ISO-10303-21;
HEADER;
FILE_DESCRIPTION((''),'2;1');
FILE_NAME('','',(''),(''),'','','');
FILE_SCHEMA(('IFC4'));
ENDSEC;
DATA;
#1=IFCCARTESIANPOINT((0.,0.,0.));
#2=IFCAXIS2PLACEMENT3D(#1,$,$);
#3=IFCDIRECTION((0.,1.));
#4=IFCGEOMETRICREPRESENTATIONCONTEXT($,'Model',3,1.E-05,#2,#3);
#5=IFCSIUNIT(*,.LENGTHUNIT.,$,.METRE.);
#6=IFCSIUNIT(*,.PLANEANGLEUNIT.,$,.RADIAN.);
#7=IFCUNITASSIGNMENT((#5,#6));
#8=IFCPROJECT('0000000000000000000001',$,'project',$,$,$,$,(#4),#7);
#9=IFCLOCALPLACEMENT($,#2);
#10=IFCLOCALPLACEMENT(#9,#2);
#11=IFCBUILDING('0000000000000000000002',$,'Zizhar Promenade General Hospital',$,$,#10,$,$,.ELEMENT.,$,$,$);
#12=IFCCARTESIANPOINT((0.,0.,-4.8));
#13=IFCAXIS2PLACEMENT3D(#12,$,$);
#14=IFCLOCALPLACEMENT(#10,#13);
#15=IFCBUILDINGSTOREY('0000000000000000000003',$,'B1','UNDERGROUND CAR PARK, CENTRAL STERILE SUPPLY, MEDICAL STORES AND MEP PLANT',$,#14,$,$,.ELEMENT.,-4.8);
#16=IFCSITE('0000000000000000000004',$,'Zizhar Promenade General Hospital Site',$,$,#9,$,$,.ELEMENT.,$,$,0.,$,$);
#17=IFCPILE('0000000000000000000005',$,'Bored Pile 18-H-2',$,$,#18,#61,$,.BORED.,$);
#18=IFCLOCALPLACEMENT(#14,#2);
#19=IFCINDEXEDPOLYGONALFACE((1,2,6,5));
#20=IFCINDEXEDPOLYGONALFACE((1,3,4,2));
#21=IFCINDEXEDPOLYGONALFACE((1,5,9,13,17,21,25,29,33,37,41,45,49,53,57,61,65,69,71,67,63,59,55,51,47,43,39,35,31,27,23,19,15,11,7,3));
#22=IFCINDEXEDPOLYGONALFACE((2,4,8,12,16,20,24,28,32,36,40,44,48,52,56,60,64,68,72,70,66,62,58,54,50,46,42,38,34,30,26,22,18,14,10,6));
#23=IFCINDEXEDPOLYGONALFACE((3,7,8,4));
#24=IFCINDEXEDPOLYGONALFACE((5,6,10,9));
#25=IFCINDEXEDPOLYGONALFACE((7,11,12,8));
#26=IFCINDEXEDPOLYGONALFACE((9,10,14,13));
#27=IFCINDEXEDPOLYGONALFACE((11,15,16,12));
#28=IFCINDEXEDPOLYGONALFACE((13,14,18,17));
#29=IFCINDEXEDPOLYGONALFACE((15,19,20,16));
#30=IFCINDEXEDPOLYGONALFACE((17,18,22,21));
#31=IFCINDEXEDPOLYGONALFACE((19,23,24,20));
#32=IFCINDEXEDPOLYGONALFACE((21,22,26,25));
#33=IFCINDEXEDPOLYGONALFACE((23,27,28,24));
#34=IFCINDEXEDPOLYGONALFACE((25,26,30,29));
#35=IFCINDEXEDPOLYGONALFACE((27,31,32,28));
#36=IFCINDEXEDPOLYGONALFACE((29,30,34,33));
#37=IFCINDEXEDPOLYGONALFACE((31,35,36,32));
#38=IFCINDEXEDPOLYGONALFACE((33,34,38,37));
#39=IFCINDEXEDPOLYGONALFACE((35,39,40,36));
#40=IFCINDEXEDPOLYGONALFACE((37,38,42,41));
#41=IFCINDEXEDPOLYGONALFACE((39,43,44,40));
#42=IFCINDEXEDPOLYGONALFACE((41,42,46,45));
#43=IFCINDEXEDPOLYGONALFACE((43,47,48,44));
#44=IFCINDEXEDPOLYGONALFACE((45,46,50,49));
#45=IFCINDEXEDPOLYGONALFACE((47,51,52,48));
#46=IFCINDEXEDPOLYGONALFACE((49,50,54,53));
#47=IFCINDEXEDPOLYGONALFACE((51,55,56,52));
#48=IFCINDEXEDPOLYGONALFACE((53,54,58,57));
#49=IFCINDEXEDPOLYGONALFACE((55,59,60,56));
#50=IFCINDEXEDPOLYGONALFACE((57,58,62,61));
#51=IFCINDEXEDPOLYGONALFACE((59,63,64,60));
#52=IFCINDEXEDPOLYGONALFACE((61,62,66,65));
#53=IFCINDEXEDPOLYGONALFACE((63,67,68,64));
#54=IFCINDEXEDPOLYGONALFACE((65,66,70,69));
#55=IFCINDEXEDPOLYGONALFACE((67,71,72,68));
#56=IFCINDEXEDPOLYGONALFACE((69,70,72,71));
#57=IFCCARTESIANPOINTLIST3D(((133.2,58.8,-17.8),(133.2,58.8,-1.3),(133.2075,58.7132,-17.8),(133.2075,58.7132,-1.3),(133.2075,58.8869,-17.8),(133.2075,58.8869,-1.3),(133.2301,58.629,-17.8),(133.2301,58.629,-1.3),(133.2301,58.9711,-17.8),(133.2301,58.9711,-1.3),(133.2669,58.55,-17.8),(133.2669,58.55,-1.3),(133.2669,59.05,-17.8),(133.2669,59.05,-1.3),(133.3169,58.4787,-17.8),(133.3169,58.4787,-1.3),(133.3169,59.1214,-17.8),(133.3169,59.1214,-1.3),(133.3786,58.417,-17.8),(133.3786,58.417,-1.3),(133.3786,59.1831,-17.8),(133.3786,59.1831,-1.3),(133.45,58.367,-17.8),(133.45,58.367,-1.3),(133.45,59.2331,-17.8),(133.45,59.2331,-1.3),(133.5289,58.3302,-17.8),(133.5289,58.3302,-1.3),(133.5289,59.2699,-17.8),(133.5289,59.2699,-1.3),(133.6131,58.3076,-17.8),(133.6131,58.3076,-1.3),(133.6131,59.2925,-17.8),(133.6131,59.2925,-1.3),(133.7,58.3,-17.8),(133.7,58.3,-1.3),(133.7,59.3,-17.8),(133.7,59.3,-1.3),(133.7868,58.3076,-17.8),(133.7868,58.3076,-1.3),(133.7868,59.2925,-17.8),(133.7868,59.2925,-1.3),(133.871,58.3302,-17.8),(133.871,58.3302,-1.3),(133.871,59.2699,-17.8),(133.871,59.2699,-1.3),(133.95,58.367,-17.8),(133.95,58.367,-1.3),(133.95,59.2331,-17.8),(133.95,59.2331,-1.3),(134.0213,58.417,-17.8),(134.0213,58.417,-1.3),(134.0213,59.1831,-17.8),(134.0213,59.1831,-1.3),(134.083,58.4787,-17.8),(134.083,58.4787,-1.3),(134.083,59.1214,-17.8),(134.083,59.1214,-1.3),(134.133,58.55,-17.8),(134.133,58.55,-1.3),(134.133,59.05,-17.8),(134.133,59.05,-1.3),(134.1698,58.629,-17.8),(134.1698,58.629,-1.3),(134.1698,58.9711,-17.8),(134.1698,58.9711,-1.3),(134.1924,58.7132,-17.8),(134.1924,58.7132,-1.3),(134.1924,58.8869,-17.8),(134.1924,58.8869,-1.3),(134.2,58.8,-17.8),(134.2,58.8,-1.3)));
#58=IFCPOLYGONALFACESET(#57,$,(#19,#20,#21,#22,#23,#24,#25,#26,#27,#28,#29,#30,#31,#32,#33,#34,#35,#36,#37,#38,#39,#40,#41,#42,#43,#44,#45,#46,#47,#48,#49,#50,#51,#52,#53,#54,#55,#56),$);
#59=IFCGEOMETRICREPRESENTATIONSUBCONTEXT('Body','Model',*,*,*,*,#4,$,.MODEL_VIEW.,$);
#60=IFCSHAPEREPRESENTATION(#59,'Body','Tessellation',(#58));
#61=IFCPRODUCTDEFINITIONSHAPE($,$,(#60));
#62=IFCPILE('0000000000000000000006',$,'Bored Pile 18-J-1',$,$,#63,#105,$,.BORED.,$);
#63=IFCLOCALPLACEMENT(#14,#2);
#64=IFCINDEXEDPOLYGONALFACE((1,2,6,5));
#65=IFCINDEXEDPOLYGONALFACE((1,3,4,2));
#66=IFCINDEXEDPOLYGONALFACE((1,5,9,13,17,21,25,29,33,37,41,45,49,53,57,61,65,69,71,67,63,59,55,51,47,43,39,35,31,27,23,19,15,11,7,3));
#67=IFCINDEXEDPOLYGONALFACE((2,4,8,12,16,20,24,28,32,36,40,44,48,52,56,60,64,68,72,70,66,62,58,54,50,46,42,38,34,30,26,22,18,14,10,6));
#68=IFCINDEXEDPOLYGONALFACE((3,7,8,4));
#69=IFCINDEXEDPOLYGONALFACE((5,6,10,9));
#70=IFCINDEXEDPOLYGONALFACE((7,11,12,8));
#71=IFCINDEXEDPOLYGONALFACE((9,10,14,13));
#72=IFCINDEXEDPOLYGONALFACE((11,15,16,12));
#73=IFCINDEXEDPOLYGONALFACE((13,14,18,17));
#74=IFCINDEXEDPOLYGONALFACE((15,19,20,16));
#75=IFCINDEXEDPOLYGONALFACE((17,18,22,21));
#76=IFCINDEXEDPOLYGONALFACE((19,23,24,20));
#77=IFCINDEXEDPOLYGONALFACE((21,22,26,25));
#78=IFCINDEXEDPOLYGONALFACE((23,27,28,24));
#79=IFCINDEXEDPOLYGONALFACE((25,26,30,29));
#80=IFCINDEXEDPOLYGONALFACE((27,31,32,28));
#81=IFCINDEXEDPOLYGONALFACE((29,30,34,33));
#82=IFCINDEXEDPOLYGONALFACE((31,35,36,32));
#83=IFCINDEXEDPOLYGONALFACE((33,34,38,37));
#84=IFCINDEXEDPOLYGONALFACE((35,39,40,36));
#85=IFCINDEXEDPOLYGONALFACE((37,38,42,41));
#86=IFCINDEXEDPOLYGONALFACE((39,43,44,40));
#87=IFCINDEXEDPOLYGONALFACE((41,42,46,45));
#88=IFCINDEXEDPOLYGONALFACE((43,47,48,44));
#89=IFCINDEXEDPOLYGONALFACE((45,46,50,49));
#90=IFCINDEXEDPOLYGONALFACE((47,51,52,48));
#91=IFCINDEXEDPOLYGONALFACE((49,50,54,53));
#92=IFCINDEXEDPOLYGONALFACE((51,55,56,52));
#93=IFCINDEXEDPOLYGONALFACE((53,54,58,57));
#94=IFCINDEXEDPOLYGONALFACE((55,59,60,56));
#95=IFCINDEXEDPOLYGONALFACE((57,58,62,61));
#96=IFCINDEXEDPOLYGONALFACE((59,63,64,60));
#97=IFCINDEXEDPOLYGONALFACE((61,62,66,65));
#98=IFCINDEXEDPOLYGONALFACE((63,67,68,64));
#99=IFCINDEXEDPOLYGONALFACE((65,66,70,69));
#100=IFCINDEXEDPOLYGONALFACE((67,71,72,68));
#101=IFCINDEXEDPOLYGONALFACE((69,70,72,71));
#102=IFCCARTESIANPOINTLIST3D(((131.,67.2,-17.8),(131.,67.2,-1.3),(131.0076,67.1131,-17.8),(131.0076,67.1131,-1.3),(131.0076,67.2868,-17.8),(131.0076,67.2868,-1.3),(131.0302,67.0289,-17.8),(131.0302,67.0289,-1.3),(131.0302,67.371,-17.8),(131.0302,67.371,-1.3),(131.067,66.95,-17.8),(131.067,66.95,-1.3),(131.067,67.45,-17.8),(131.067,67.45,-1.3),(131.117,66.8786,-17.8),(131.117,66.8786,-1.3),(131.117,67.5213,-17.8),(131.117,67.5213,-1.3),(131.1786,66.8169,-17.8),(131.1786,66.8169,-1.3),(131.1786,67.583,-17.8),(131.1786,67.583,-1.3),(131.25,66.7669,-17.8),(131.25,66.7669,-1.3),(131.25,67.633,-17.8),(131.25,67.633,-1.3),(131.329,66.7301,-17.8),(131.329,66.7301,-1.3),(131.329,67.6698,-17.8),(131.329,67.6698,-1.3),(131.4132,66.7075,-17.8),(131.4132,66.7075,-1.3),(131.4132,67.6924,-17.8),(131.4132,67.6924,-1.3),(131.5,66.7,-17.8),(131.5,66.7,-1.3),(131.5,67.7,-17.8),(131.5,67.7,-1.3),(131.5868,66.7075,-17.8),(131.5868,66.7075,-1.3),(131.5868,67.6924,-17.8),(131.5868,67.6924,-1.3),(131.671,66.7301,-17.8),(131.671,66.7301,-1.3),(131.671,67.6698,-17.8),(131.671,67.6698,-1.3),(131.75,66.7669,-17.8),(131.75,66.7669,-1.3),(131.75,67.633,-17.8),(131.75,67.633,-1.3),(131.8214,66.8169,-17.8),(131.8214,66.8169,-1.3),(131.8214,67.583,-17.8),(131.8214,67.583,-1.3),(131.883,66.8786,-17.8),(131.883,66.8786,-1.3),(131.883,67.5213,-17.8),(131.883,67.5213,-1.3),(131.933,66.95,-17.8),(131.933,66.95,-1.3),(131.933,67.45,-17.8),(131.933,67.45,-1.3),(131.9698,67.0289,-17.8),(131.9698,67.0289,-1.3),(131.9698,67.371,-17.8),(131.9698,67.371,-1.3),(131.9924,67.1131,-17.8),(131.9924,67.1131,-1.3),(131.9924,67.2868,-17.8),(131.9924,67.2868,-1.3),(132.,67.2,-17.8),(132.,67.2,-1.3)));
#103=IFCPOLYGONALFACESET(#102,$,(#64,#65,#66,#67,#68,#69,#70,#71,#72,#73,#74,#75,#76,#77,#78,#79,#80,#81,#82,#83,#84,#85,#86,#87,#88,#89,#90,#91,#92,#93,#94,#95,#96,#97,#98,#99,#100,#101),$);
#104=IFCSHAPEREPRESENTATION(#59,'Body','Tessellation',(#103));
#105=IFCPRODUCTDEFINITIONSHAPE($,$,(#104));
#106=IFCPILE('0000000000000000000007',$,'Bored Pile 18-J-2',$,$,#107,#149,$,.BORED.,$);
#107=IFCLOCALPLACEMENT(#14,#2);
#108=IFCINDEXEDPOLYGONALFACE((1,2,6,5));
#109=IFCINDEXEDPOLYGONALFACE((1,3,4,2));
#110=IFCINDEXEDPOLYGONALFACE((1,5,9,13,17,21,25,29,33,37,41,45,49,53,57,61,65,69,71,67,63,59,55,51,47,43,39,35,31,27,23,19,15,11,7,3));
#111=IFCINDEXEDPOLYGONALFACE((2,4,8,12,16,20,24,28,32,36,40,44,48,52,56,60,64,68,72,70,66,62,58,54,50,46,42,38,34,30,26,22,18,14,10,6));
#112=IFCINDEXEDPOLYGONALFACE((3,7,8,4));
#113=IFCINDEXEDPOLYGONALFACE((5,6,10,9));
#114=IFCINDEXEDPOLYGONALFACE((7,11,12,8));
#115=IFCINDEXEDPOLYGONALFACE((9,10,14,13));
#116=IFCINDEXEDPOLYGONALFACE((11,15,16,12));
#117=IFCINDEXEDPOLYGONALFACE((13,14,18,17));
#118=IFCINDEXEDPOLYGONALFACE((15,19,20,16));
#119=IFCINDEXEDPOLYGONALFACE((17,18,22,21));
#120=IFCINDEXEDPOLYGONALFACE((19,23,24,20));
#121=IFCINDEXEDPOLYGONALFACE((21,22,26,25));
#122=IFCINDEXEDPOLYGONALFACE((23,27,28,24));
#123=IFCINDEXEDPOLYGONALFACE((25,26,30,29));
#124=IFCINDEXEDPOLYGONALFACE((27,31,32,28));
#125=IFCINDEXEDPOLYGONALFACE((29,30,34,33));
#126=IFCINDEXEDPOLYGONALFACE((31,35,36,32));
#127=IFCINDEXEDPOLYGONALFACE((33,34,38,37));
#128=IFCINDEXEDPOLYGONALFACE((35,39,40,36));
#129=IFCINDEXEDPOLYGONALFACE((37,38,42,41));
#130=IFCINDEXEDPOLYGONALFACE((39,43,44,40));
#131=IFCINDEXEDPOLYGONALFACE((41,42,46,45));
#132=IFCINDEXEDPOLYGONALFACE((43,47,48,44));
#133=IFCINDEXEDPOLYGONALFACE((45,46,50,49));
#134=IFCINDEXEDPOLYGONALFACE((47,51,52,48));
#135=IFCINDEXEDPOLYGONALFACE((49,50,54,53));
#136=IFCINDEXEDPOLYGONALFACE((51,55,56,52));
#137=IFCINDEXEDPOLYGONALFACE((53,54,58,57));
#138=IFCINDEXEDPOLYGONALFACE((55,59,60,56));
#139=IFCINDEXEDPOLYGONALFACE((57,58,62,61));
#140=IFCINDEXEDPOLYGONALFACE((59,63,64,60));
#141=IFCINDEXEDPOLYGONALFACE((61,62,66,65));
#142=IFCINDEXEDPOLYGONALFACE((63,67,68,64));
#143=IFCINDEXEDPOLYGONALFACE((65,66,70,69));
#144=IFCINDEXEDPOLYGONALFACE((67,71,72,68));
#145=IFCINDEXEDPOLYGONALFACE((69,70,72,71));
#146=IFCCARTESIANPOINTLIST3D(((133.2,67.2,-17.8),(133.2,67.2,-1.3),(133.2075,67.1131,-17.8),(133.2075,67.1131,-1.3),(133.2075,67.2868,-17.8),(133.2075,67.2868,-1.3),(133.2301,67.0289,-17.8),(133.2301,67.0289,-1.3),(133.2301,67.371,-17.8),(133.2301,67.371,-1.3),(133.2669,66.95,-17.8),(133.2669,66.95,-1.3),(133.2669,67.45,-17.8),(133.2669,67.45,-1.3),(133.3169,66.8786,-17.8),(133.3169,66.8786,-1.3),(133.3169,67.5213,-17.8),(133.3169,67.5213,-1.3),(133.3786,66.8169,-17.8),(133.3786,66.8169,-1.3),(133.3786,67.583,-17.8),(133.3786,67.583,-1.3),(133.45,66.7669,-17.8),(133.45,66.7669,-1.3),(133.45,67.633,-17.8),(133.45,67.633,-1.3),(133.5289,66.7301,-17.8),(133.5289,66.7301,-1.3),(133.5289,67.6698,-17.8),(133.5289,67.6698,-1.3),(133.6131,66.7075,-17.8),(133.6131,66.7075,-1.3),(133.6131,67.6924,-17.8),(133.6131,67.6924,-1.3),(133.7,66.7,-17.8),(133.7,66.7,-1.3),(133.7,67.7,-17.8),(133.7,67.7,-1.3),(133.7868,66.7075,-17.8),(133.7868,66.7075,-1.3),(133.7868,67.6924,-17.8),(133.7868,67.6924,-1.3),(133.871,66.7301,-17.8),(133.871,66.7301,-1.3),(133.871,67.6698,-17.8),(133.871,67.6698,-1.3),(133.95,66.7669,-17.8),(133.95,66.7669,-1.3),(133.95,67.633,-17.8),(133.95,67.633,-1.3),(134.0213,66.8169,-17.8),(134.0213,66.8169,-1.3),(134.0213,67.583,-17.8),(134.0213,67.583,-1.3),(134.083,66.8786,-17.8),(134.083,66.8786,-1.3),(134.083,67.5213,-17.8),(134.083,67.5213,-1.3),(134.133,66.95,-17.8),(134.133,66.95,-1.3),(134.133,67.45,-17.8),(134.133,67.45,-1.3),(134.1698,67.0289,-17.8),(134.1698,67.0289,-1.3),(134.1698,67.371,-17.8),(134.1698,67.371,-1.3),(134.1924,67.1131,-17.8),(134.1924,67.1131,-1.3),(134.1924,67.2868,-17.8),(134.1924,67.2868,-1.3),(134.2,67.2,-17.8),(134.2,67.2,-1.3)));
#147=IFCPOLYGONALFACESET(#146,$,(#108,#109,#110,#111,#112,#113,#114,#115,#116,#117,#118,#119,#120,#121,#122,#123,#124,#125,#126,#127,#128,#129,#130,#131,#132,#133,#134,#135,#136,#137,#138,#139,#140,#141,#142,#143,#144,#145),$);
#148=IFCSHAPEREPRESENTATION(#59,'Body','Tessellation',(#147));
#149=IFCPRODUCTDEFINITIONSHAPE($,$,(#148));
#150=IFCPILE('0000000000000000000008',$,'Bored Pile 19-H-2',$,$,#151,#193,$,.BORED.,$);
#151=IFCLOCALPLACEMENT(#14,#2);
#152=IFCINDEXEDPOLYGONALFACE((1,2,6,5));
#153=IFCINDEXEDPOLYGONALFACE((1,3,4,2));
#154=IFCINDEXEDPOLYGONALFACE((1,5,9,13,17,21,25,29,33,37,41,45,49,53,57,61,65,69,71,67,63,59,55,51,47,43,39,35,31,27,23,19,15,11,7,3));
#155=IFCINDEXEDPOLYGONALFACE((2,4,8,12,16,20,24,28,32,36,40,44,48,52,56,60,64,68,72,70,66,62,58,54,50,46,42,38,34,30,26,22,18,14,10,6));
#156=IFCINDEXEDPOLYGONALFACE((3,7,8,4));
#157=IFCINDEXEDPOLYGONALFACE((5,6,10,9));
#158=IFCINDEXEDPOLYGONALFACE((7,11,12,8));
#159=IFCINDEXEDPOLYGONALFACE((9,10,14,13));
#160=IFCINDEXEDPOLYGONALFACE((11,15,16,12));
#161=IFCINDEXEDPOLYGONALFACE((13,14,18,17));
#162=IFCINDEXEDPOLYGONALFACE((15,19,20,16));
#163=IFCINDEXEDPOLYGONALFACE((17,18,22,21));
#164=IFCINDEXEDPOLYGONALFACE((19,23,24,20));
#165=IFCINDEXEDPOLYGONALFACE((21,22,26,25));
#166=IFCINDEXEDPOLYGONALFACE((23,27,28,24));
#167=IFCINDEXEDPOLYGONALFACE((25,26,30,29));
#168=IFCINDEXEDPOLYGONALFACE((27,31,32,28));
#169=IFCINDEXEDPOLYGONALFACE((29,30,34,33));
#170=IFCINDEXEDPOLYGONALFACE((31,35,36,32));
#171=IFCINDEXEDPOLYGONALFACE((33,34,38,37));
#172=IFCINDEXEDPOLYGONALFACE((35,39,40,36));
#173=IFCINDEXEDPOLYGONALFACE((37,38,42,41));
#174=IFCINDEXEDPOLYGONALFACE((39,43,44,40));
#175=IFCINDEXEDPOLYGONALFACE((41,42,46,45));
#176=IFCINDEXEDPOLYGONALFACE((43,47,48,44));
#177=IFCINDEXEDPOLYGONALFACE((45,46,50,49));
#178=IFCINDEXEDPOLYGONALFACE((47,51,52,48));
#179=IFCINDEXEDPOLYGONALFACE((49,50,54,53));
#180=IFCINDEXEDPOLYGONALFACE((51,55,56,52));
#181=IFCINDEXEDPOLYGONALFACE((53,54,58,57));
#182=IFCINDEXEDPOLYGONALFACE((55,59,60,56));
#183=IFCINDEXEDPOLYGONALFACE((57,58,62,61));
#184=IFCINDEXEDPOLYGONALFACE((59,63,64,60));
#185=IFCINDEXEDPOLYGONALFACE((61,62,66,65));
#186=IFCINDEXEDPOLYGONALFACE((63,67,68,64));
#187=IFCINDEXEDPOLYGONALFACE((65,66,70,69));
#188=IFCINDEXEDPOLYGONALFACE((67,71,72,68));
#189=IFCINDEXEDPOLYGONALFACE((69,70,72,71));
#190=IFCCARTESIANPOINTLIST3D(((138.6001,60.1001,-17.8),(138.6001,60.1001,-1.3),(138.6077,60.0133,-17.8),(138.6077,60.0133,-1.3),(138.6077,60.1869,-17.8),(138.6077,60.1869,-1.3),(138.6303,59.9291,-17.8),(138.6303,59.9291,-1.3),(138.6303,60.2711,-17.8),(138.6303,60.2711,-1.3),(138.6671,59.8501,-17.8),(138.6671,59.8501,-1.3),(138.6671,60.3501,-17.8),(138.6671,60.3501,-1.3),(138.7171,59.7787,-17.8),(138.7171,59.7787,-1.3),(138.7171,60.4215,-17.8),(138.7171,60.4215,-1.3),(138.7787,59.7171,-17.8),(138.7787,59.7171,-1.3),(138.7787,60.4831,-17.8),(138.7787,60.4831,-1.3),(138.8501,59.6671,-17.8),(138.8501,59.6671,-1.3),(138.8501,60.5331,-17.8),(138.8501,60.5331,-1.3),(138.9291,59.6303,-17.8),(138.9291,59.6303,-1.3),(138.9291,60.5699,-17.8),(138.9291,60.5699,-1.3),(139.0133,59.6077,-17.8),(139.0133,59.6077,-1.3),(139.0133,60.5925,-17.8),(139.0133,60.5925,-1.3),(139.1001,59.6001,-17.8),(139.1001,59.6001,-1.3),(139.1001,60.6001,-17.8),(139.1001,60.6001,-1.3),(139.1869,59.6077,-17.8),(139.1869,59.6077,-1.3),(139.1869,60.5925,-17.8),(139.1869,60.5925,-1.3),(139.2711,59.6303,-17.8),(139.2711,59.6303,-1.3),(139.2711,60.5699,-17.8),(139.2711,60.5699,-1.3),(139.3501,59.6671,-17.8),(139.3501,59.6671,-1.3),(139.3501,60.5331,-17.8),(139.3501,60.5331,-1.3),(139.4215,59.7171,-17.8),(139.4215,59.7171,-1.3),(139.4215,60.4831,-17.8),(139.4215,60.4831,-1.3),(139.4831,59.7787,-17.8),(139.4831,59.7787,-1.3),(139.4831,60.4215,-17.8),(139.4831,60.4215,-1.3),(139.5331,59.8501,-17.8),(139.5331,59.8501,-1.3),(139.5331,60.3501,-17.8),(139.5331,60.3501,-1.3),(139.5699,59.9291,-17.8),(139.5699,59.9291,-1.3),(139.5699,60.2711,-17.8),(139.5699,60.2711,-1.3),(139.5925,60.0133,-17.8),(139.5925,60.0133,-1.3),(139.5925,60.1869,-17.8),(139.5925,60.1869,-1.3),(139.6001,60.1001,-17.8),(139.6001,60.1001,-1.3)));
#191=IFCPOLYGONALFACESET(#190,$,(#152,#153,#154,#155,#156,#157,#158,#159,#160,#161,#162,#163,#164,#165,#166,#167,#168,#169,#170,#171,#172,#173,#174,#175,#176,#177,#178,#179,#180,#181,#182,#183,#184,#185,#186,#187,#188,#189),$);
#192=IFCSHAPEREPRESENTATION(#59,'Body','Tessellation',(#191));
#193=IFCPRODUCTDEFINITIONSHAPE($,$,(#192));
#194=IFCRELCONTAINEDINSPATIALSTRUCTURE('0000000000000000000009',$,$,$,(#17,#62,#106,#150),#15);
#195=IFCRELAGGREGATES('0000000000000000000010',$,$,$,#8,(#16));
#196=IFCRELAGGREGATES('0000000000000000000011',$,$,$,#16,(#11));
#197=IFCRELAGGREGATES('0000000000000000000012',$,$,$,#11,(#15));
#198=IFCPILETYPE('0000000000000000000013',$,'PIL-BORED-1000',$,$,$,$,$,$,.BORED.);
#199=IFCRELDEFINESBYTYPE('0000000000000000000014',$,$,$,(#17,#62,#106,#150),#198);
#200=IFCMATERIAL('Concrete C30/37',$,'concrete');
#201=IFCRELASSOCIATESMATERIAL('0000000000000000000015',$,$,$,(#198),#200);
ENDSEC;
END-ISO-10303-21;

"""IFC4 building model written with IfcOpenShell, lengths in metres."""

from ifc_helpers import new_model, si_unit, direction, frame, origin, origin_2d, place, context, subcontext, project, spatial, circle, extrude, material, material_profile, profile_set, type_object, element, save


model = new_model("IFC4")

# Units and contexts
model_context = context("Model", 3, precision=1e-05, world=origin(), true_north=direction((0.0, 1.0)))
body_context = subcontext(model_context, "Body", "Model", "MODEL_VIEW")
ifc_project = project(units=[si_unit("LENGTHUNIT", "METRE"), si_unit("PLANEANGLEUNIT", "RADIAN")], contexts=[model_context])

# Site, building, storey
site_placement = place(None, origin())
site = spatial("IfcSite", under=ifc_project, at=site_placement, Name="Zizhar Promenade General Hospital Site", CompositionType="ELEMENT", RefElevation=0.0)
building_placement = place(site_placement, origin())
building = spatial("IfcBuilding", under=site, at=building_placement, Name="Zizhar Promenade General Hospital", CompositionType="ELEMENT")
storey_placement = place(building_placement, frame((0.0, 0.0, -4.8)))
storey = spatial("IfcBuildingStorey", under=building, at=storey_placement, Name="B1", Description="UNDERGROUND CAR PARK, CENTRAL STERILE SUPPLY, MEDICAL STORES AND MEP PLANT", CompositionType="ELEMENT", Elevation=-4.8)

# Piles
ifc_material_1 = material(Name="Concrete C30/37", Category="concrete")
ifc_material_profile_1 = material_profile(ifc_material_1, circle(Radius=0.5, at=origin_2d()))
ifc_profile_set_1 = profile_set([ifc_material_profile_1], Name="Concrete C30/37")
pile_type = type_object("IfcPileType", Name="PIL-BORED-1000", PredefinedType="BORED", material=ifc_profile_set_1)
for number, where, z_axis, x_axis, name in (
    (1, (133.7, 58.8, -1.3), (0.0, 0.0, -1.0), (1.0, 0.0, 0.0), "Bored Pile 18-H-2"),
    (2, (131.5, 67.2, -1.3), (0.0, 0.0, -1.0), (1.0, 0.0, 0.0), "Bored Pile 18-J-1"),
    (3, (133.7, 67.2, -1.3), (0.0, 0.0, -1.0), (1.0, 0.0, 0.0), "Bored Pile 18-J-2"),
    (4, (139.1001, 60.1001, -1.3), (0.0, 0.0, -1.0), (1.0, 0.0, 0.0), "Bored Pile 19-H-2"),
):
    element("IfcPile", number, at=place(storey_placement, frame(where, z_axis=z_axis, x_axis=x_axis)), inside=storey, type_object=pile_type, Name=name, PredefinedType="BORED", context=body_context, shape_type="SweptSolid", body=[
        extrude(circle(Radius=0.5, at=origin_2d()), origin(), (0.0, 0.0, 1.0), 16.5),
    ])

save(model, "model.ifc")
